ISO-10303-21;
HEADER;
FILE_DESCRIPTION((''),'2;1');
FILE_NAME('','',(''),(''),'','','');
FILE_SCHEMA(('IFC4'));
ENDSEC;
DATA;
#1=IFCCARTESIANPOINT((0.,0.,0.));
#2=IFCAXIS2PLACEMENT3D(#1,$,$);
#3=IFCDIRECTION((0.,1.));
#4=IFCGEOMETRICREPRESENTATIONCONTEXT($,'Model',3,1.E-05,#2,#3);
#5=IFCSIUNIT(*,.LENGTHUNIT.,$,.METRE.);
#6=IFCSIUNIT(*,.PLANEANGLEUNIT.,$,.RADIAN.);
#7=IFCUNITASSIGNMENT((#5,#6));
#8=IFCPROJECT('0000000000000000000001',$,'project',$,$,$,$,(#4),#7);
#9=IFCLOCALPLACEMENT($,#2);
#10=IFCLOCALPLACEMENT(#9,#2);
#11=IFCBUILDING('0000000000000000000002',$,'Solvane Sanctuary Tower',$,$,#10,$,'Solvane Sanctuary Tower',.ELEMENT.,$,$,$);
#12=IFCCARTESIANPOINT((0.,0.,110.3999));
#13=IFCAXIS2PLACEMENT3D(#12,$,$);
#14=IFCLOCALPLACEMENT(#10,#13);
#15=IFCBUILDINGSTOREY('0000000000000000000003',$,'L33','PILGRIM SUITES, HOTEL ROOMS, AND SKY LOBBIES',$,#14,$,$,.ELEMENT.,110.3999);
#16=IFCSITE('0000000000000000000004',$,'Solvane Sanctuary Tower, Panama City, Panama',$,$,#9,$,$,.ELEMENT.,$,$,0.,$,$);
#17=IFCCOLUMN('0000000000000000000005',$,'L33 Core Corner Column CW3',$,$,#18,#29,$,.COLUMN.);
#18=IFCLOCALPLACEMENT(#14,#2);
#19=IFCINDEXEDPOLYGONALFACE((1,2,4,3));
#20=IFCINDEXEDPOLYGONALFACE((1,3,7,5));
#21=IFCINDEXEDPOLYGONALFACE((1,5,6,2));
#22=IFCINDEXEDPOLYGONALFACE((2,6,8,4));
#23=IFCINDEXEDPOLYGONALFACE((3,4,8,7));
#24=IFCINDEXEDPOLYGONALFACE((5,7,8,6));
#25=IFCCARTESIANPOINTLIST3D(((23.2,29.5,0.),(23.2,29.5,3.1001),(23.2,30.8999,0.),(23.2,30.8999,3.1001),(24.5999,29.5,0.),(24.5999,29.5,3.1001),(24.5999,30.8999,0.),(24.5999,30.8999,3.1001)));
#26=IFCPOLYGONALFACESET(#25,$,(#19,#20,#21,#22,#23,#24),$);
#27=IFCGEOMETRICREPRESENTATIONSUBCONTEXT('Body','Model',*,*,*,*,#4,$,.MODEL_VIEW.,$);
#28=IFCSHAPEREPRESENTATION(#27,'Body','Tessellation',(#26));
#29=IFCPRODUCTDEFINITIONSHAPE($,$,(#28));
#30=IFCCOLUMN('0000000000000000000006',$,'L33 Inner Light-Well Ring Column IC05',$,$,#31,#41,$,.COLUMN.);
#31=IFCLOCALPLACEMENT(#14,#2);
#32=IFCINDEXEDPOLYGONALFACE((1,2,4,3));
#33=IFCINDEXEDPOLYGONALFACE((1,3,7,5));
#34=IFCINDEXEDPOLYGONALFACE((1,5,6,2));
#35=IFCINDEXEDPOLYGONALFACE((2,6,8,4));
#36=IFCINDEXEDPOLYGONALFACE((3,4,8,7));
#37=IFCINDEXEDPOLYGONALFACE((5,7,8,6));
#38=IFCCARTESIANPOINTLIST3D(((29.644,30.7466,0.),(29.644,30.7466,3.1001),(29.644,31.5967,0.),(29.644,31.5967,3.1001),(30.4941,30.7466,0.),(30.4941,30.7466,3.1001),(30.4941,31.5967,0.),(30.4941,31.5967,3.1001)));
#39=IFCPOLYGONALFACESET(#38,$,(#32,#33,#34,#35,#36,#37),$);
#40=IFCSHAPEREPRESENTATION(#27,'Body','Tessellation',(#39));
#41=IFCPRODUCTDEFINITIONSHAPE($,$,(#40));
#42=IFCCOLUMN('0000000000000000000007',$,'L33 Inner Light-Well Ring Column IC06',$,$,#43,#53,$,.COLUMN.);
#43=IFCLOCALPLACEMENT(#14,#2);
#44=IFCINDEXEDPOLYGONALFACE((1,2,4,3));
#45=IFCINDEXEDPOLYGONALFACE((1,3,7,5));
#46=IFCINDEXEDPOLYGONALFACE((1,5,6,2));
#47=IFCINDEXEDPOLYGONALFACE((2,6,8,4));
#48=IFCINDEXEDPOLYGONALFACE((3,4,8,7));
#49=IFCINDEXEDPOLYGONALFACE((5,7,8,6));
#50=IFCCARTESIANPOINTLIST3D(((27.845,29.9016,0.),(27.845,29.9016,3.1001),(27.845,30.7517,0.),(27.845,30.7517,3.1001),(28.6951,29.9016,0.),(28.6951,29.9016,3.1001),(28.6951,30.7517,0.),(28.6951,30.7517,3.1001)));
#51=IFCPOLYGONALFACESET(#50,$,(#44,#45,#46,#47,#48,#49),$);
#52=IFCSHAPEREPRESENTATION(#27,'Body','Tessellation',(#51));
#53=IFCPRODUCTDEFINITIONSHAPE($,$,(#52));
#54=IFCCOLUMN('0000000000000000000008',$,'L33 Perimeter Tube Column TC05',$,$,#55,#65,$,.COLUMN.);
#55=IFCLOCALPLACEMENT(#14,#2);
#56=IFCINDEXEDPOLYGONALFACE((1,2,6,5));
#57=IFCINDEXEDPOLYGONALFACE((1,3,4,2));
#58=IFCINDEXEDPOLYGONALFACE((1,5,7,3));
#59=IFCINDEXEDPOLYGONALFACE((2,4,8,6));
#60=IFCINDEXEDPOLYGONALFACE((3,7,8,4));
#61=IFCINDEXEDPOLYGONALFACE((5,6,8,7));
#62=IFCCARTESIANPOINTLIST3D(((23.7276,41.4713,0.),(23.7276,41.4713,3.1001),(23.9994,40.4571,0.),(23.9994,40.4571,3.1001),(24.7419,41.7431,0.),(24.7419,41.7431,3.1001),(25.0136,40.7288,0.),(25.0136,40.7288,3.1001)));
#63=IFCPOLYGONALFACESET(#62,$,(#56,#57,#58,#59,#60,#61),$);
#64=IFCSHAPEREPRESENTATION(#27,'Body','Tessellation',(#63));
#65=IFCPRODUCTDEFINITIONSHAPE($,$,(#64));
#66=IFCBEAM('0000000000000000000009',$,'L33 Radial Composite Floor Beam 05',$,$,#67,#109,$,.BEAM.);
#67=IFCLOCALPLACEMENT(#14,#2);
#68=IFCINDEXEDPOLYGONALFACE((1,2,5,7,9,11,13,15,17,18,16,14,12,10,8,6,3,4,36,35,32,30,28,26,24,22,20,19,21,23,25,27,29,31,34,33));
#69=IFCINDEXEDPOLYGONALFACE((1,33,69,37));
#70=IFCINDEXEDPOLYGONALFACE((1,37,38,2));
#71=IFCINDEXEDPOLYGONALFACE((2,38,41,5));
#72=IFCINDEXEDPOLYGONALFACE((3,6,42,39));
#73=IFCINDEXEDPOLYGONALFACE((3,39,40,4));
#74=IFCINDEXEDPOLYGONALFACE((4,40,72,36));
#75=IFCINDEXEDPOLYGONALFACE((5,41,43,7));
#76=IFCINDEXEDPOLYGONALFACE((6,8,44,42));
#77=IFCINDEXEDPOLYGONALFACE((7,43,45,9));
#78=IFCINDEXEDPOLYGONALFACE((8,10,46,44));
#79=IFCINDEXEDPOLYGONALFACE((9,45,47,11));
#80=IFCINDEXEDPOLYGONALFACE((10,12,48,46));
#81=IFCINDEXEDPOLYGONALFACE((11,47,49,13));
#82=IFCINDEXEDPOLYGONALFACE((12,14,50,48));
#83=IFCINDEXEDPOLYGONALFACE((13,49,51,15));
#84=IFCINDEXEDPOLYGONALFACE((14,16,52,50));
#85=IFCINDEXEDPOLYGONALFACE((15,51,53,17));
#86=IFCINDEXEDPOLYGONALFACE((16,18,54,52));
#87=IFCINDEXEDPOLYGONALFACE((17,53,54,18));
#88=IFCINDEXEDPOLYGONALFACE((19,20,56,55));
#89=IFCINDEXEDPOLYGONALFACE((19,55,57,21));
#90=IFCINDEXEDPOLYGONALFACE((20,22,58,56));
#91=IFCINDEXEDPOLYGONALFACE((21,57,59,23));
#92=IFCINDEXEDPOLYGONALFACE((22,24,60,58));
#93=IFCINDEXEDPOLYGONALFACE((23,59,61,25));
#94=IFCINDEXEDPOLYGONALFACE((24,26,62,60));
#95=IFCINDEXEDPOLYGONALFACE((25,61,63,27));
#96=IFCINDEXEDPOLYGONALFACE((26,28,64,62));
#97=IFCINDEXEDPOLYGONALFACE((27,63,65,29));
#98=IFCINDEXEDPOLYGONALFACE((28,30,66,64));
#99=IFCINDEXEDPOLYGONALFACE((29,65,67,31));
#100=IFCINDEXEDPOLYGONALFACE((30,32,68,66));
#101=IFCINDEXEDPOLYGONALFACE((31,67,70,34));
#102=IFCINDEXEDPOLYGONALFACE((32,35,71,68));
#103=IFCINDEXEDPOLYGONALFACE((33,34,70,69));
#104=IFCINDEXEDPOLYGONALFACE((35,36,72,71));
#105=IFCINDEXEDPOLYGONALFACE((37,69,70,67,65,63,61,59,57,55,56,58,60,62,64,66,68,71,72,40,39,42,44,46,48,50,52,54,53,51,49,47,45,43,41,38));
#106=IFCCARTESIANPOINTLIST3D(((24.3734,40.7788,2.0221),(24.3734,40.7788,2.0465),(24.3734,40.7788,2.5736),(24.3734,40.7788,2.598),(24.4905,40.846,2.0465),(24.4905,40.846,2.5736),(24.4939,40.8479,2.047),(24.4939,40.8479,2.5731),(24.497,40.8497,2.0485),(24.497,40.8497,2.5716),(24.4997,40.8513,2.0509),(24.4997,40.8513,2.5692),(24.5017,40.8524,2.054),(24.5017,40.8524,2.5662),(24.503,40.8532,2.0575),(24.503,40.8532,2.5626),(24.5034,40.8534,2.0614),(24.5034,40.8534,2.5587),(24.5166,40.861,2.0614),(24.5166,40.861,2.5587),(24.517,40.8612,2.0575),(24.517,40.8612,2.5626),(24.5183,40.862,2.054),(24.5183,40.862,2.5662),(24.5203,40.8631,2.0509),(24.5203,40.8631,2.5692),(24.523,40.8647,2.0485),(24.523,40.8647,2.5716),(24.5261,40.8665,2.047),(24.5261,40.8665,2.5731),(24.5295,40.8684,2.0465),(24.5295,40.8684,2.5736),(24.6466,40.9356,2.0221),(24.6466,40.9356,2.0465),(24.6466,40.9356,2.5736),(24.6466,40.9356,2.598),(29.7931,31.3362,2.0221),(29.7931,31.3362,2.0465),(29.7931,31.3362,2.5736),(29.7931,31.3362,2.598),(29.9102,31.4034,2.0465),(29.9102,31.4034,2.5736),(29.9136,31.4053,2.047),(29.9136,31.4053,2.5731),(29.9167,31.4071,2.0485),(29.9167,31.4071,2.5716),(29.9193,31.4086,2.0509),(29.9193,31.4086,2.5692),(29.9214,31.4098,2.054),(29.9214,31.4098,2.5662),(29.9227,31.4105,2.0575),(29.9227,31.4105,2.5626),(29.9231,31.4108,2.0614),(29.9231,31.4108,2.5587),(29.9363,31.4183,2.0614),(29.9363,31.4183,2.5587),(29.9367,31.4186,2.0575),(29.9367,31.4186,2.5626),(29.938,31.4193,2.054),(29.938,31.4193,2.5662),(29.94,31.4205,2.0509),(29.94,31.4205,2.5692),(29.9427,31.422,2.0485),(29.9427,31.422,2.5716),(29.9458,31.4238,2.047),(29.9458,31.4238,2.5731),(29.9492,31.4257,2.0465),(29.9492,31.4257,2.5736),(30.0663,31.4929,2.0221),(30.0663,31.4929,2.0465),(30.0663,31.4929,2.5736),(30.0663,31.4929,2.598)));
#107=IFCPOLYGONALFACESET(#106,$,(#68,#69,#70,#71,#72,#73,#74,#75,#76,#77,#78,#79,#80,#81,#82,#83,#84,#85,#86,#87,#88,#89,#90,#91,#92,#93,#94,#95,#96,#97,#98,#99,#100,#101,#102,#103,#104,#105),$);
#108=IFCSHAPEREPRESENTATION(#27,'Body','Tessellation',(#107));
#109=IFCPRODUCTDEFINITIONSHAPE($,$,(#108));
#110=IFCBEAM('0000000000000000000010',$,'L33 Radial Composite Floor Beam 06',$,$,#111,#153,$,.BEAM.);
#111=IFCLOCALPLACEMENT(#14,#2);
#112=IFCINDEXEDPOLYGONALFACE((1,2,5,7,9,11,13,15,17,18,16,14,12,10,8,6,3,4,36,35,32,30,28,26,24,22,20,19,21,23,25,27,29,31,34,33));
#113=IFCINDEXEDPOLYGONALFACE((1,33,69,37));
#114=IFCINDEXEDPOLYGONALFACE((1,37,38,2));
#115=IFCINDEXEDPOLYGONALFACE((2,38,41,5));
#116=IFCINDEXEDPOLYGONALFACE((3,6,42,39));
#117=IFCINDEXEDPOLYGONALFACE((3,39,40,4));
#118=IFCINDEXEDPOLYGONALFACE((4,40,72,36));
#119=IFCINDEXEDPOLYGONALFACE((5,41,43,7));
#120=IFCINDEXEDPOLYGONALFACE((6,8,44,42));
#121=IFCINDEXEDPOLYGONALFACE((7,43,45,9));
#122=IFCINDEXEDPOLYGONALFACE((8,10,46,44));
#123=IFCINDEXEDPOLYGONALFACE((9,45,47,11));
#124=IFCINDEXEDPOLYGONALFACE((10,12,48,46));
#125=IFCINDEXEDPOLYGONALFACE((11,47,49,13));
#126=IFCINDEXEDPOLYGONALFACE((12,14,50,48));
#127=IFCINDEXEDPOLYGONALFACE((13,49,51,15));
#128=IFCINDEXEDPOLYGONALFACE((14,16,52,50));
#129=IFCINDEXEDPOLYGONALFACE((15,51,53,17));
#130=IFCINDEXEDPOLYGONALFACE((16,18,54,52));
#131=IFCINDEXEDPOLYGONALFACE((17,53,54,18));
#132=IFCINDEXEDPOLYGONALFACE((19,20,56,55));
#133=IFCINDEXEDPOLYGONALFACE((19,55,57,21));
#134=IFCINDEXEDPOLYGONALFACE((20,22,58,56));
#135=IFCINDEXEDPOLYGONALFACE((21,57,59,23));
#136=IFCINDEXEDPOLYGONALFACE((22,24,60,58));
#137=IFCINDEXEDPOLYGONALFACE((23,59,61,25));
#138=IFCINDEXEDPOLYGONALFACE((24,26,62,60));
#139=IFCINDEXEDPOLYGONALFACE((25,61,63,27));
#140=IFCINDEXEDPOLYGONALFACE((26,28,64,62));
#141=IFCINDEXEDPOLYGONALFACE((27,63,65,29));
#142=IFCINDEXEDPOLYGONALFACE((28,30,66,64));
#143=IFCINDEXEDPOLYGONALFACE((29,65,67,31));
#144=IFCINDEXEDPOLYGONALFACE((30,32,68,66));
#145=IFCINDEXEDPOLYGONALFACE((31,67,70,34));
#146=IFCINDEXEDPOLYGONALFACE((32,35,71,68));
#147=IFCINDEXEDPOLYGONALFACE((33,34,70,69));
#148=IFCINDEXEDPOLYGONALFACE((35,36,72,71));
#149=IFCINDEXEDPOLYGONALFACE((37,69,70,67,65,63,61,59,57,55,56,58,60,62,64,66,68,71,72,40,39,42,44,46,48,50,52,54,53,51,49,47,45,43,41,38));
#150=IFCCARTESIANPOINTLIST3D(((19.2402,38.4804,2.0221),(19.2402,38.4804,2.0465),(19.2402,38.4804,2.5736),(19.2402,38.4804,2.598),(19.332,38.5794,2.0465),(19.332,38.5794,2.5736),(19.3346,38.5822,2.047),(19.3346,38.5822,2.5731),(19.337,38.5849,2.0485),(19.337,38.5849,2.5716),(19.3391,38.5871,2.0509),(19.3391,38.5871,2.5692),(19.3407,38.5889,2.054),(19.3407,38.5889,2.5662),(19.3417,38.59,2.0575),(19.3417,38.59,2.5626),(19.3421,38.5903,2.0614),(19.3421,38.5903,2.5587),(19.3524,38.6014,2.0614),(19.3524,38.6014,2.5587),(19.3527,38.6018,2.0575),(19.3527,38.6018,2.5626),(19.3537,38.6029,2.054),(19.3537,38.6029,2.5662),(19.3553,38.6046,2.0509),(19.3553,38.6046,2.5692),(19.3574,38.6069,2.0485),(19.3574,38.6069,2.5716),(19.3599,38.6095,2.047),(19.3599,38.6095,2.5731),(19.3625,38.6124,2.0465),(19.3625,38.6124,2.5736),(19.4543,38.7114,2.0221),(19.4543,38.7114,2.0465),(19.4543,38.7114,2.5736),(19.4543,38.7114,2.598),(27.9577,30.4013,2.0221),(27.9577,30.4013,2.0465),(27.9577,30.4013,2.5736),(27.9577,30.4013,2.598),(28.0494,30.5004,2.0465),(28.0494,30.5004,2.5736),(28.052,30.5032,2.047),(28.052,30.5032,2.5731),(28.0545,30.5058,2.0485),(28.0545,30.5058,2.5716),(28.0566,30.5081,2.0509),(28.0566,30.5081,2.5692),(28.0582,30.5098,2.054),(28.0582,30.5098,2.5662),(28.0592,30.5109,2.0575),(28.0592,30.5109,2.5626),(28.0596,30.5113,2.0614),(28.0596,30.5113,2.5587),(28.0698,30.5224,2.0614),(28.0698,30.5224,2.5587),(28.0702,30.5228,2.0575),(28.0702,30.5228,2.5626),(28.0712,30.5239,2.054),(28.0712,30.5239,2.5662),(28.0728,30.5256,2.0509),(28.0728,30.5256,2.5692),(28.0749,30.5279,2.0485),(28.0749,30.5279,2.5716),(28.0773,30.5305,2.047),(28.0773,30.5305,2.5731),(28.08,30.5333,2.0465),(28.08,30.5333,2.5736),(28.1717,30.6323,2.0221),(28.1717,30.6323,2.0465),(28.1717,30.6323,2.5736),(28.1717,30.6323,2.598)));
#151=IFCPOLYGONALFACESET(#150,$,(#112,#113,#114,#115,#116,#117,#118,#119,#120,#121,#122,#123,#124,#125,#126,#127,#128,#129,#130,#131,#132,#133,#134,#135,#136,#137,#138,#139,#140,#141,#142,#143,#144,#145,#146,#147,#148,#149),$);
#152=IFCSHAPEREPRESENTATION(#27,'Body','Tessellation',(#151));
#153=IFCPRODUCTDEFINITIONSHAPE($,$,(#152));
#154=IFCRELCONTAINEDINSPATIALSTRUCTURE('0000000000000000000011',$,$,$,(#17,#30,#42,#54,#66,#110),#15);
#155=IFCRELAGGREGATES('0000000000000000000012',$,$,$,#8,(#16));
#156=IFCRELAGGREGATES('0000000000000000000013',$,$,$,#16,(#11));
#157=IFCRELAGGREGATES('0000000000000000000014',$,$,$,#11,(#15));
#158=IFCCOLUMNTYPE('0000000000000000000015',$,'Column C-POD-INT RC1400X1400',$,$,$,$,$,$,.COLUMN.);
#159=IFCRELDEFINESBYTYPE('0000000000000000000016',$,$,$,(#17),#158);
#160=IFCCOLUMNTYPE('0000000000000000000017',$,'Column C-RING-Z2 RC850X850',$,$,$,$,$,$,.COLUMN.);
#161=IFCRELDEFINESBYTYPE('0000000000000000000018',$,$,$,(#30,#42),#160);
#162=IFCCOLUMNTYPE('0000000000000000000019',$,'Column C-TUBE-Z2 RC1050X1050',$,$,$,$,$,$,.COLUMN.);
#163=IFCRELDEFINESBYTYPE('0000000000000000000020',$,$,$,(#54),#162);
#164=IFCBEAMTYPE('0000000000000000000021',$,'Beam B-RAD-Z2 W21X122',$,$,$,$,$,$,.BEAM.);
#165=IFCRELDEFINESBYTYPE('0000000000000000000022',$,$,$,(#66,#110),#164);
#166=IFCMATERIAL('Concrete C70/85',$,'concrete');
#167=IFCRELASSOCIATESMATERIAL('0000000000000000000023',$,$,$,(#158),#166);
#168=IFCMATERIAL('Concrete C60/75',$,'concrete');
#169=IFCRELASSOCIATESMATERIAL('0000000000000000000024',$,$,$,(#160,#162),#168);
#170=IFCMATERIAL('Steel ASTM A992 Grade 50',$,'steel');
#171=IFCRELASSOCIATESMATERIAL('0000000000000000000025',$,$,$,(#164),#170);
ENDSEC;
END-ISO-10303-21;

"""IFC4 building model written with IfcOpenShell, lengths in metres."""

from ifc_helpers import new_model, si_unit, direction, frame, origin, origin_2d, place, context, subcontext, project, spatial, rectangle, i_section, extrude, material, material_profile, profile_set, type_object, element, save


model = new_model("IFC4")

# Units and contexts
model_context = context("Model", 3, precision=1e-05, world=origin(), true_north=direction((0.0, 1.0)))
body_context = subcontext(model_context, "Body", "Model", "MODEL_VIEW")
ifc_project = project(units=[si_unit("LENGTHUNIT", "METRE"), si_unit("PLANEANGLEUNIT", "RADIAN")], contexts=[model_context])

# Site, building, storey
site_placement = place(None, origin())
site = spatial("IfcSite", under=ifc_project, at=site_placement, Name="Solvane Sanctuary Tower, Panama City, Panama", CompositionType="ELEMENT", RefElevation=0.0)
building_placement = place(site_placement, origin())
building = spatial("IfcBuilding", under=site, at=building_placement, Name="Solvane Sanctuary Tower", LongName="Solvane Sanctuary Tower", CompositionType="ELEMENT")
storey_placement = place(building_placement, frame((0.0, 0.0, 110.3999)))
storey = spatial("IfcBuildingStorey", under=building, at=storey_placement, Name="L33", Description="PILGRIM SUITES, HOTEL ROOMS, AND SKY LOBBIES", CompositionType="ELEMENT", Elevation=110.3999)

# Columns
ifc_material_1 = material(Name="Concrete C70/85", Category="concrete")
ifc_material_profile_1 = material_profile(ifc_material_1, rectangle(XDim=1.3999, YDim=1.3999, at=origin_2d()), Name="RC1400X1400")
ifc_profile_set_1 = profile_set([ifc_material_profile_1], Name="Concrete C70/85")
column_type_1 = type_object("IfcColumnType", Name="Column C-POD-INT RC1400X1400", PredefinedType="COLUMN", material=ifc_profile_set_1)
column_1_placement = place(storey_placement, frame((23.8999, 30.2, 0.0), z_axis=(0.0, 0.0, 1.0), x_axis=(1.0, 0.0, 0.0)))
element("IfcColumn", 1, at=column_1_placement, inside=storey, type_object=column_type_1, Name="L33 Core Corner Column CW3", PredefinedType="COLUMN", context=body_context, shape_type="SweptSolid", body=[
    extrude(rectangle(XDim=1.3999, YDim=1.3999, at=origin_2d()), origin(), (0.0, 0.0, 1.0), 3.1001),
])
ifc_material_2 = material(Name="Concrete C60/75", Category="concrete")
ifc_material_profile_2 = material_profile(ifc_material_2, rectangle(XDim=0.8501, YDim=0.8501, at=origin_2d()), Name="RC850X850")
ifc_profile_set_2 = profile_set([ifc_material_profile_2], Name="Concrete C60/75")
column_type_2 = type_object("IfcColumnType", Name="Column C-RING-Z2 RC850X850", PredefinedType="COLUMN", material=ifc_profile_set_2)
for number, where, z_axis, x_axis, name in (
    (2, (30.0691, 31.1716, 0.0), (0.0, 0.0, 1.0), (1.0, 0.0, 0.0), "L33 Inner Light-Well Ring Column IC05"),
    (3, (28.27, 30.3267, 0.0), (0.0, 0.0, 1.0), (1.0, 0.0, 0.0), "L33 Inner Light-Well Ring Column IC06"),
):
    element("IfcColumn", number, at=place(storey_placement, frame(where, z_axis=z_axis, x_axis=x_axis)), inside=storey, type_object=column_type_2, Name=name, PredefinedType="COLUMN", context=body_context, shape_type="SweptSolid", body=[
        extrude(rectangle(XDim=0.8501, YDim=0.8501, at=origin_2d()), origin(), (0.0, 0.0, 1.0), 3.1001),
    ])
ifc_material_profile_3 = material_profile(ifc_material_2, rectangle(XDim=1.05, YDim=1.05, at=origin_2d()), Name="RC1050X1050")
ifc_profile_set_3 = profile_set([ifc_material_profile_3], Name="Concrete C60/75")
column_type_3 = type_object("IfcColumnType", Name="Column C-TUBE-Z2 RC1050X1050", PredefinedType="COLUMN", material=ifc_profile_set_3)
column_2_placement = place(storey_placement, frame((24.3706, 41.1001, 0.0), z_axis=(0.0, 0.0, 1.0), x_axis=(-0.258819, 0.965926, 0.0)))
element("IfcColumn", 4, at=column_2_placement, inside=storey, type_object=column_type_3, Name="L33 Perimeter Tube Column TC05", PredefinedType="COLUMN", context=body_context, shape_type="SweptSolid", body=[
    extrude(rectangle(XDim=1.05, YDim=1.05, at=origin_2d()), origin(), (0.0, 0.0, 1.0), 3.1001),
])

# Beams
ifc_material_3 = material(Name="Steel ASTM A992 Grade 50", Category="steel")
ifc_material_profile_4 = material_profile(ifc_material_3, i_section(OverallWidth=0.3149, OverallDepth=0.5759, WebThickness=0.0151, FlangeThickness=0.0244, FilletRadius=0.0149, at=origin_2d()), Name="W21X122")
ifc_profile_set_4 = profile_set([ifc_material_profile_4], Name="Steel ASTM A992 Grade 50")
beam_type_1 = type_object("IfcBeamType", Name="Beam B-RAD-Z2 W21X122", PredefinedType="BEAM", material=ifc_profile_set_4)
beam_1_placement = place(storey_placement, frame((29.9297, 31.4146, 2.3101), z_axis=(-0.497792, 0.867296, 0.0), x_axis=(-0.867296, -0.497792, 0.0)))
element("IfcBeam", 5, at=beam_1_placement, inside=storey, type_object=beam_type_1, Name="L33 Radial Composite Floor Beam 05", PredefinedType="BEAM", context=body_context, shape_type="SweptSolid", body=[
    extrude(i_section(OverallWidth=0.3149, OverallDepth=0.5759, WebThickness=0.0151, FlangeThickness=0.0244, FilletRadius=0.0149, at=origin_2d()), origin(), (0.0, 0.0, 1.0), 10.8875),
])
beam_2_placement = place(storey_placement, frame((28.0647, 30.5168, 2.3101), z_axis=(-0.733454, 0.679739, 0.0), x_axis=(-0.679739, -0.733454, 0.0)))
element("IfcBeam", 6, at=beam_2_placement, inside=storey, type_object=beam_type_1, Name="L33 Radial Composite Floor Beam 06", PredefinedType="BEAM", context=body_context, shape_type="SweptSolid", body=[
    extrude(i_section(OverallWidth=0.3149, OverallDepth=0.5759, WebThickness=0.0151, FlangeThickness=0.0244, FilletRadius=0.0149, at=origin_2d()), origin(), (0.0, 0.0, 1.0), 11.8855),
])

save(model, "model.ifc")
